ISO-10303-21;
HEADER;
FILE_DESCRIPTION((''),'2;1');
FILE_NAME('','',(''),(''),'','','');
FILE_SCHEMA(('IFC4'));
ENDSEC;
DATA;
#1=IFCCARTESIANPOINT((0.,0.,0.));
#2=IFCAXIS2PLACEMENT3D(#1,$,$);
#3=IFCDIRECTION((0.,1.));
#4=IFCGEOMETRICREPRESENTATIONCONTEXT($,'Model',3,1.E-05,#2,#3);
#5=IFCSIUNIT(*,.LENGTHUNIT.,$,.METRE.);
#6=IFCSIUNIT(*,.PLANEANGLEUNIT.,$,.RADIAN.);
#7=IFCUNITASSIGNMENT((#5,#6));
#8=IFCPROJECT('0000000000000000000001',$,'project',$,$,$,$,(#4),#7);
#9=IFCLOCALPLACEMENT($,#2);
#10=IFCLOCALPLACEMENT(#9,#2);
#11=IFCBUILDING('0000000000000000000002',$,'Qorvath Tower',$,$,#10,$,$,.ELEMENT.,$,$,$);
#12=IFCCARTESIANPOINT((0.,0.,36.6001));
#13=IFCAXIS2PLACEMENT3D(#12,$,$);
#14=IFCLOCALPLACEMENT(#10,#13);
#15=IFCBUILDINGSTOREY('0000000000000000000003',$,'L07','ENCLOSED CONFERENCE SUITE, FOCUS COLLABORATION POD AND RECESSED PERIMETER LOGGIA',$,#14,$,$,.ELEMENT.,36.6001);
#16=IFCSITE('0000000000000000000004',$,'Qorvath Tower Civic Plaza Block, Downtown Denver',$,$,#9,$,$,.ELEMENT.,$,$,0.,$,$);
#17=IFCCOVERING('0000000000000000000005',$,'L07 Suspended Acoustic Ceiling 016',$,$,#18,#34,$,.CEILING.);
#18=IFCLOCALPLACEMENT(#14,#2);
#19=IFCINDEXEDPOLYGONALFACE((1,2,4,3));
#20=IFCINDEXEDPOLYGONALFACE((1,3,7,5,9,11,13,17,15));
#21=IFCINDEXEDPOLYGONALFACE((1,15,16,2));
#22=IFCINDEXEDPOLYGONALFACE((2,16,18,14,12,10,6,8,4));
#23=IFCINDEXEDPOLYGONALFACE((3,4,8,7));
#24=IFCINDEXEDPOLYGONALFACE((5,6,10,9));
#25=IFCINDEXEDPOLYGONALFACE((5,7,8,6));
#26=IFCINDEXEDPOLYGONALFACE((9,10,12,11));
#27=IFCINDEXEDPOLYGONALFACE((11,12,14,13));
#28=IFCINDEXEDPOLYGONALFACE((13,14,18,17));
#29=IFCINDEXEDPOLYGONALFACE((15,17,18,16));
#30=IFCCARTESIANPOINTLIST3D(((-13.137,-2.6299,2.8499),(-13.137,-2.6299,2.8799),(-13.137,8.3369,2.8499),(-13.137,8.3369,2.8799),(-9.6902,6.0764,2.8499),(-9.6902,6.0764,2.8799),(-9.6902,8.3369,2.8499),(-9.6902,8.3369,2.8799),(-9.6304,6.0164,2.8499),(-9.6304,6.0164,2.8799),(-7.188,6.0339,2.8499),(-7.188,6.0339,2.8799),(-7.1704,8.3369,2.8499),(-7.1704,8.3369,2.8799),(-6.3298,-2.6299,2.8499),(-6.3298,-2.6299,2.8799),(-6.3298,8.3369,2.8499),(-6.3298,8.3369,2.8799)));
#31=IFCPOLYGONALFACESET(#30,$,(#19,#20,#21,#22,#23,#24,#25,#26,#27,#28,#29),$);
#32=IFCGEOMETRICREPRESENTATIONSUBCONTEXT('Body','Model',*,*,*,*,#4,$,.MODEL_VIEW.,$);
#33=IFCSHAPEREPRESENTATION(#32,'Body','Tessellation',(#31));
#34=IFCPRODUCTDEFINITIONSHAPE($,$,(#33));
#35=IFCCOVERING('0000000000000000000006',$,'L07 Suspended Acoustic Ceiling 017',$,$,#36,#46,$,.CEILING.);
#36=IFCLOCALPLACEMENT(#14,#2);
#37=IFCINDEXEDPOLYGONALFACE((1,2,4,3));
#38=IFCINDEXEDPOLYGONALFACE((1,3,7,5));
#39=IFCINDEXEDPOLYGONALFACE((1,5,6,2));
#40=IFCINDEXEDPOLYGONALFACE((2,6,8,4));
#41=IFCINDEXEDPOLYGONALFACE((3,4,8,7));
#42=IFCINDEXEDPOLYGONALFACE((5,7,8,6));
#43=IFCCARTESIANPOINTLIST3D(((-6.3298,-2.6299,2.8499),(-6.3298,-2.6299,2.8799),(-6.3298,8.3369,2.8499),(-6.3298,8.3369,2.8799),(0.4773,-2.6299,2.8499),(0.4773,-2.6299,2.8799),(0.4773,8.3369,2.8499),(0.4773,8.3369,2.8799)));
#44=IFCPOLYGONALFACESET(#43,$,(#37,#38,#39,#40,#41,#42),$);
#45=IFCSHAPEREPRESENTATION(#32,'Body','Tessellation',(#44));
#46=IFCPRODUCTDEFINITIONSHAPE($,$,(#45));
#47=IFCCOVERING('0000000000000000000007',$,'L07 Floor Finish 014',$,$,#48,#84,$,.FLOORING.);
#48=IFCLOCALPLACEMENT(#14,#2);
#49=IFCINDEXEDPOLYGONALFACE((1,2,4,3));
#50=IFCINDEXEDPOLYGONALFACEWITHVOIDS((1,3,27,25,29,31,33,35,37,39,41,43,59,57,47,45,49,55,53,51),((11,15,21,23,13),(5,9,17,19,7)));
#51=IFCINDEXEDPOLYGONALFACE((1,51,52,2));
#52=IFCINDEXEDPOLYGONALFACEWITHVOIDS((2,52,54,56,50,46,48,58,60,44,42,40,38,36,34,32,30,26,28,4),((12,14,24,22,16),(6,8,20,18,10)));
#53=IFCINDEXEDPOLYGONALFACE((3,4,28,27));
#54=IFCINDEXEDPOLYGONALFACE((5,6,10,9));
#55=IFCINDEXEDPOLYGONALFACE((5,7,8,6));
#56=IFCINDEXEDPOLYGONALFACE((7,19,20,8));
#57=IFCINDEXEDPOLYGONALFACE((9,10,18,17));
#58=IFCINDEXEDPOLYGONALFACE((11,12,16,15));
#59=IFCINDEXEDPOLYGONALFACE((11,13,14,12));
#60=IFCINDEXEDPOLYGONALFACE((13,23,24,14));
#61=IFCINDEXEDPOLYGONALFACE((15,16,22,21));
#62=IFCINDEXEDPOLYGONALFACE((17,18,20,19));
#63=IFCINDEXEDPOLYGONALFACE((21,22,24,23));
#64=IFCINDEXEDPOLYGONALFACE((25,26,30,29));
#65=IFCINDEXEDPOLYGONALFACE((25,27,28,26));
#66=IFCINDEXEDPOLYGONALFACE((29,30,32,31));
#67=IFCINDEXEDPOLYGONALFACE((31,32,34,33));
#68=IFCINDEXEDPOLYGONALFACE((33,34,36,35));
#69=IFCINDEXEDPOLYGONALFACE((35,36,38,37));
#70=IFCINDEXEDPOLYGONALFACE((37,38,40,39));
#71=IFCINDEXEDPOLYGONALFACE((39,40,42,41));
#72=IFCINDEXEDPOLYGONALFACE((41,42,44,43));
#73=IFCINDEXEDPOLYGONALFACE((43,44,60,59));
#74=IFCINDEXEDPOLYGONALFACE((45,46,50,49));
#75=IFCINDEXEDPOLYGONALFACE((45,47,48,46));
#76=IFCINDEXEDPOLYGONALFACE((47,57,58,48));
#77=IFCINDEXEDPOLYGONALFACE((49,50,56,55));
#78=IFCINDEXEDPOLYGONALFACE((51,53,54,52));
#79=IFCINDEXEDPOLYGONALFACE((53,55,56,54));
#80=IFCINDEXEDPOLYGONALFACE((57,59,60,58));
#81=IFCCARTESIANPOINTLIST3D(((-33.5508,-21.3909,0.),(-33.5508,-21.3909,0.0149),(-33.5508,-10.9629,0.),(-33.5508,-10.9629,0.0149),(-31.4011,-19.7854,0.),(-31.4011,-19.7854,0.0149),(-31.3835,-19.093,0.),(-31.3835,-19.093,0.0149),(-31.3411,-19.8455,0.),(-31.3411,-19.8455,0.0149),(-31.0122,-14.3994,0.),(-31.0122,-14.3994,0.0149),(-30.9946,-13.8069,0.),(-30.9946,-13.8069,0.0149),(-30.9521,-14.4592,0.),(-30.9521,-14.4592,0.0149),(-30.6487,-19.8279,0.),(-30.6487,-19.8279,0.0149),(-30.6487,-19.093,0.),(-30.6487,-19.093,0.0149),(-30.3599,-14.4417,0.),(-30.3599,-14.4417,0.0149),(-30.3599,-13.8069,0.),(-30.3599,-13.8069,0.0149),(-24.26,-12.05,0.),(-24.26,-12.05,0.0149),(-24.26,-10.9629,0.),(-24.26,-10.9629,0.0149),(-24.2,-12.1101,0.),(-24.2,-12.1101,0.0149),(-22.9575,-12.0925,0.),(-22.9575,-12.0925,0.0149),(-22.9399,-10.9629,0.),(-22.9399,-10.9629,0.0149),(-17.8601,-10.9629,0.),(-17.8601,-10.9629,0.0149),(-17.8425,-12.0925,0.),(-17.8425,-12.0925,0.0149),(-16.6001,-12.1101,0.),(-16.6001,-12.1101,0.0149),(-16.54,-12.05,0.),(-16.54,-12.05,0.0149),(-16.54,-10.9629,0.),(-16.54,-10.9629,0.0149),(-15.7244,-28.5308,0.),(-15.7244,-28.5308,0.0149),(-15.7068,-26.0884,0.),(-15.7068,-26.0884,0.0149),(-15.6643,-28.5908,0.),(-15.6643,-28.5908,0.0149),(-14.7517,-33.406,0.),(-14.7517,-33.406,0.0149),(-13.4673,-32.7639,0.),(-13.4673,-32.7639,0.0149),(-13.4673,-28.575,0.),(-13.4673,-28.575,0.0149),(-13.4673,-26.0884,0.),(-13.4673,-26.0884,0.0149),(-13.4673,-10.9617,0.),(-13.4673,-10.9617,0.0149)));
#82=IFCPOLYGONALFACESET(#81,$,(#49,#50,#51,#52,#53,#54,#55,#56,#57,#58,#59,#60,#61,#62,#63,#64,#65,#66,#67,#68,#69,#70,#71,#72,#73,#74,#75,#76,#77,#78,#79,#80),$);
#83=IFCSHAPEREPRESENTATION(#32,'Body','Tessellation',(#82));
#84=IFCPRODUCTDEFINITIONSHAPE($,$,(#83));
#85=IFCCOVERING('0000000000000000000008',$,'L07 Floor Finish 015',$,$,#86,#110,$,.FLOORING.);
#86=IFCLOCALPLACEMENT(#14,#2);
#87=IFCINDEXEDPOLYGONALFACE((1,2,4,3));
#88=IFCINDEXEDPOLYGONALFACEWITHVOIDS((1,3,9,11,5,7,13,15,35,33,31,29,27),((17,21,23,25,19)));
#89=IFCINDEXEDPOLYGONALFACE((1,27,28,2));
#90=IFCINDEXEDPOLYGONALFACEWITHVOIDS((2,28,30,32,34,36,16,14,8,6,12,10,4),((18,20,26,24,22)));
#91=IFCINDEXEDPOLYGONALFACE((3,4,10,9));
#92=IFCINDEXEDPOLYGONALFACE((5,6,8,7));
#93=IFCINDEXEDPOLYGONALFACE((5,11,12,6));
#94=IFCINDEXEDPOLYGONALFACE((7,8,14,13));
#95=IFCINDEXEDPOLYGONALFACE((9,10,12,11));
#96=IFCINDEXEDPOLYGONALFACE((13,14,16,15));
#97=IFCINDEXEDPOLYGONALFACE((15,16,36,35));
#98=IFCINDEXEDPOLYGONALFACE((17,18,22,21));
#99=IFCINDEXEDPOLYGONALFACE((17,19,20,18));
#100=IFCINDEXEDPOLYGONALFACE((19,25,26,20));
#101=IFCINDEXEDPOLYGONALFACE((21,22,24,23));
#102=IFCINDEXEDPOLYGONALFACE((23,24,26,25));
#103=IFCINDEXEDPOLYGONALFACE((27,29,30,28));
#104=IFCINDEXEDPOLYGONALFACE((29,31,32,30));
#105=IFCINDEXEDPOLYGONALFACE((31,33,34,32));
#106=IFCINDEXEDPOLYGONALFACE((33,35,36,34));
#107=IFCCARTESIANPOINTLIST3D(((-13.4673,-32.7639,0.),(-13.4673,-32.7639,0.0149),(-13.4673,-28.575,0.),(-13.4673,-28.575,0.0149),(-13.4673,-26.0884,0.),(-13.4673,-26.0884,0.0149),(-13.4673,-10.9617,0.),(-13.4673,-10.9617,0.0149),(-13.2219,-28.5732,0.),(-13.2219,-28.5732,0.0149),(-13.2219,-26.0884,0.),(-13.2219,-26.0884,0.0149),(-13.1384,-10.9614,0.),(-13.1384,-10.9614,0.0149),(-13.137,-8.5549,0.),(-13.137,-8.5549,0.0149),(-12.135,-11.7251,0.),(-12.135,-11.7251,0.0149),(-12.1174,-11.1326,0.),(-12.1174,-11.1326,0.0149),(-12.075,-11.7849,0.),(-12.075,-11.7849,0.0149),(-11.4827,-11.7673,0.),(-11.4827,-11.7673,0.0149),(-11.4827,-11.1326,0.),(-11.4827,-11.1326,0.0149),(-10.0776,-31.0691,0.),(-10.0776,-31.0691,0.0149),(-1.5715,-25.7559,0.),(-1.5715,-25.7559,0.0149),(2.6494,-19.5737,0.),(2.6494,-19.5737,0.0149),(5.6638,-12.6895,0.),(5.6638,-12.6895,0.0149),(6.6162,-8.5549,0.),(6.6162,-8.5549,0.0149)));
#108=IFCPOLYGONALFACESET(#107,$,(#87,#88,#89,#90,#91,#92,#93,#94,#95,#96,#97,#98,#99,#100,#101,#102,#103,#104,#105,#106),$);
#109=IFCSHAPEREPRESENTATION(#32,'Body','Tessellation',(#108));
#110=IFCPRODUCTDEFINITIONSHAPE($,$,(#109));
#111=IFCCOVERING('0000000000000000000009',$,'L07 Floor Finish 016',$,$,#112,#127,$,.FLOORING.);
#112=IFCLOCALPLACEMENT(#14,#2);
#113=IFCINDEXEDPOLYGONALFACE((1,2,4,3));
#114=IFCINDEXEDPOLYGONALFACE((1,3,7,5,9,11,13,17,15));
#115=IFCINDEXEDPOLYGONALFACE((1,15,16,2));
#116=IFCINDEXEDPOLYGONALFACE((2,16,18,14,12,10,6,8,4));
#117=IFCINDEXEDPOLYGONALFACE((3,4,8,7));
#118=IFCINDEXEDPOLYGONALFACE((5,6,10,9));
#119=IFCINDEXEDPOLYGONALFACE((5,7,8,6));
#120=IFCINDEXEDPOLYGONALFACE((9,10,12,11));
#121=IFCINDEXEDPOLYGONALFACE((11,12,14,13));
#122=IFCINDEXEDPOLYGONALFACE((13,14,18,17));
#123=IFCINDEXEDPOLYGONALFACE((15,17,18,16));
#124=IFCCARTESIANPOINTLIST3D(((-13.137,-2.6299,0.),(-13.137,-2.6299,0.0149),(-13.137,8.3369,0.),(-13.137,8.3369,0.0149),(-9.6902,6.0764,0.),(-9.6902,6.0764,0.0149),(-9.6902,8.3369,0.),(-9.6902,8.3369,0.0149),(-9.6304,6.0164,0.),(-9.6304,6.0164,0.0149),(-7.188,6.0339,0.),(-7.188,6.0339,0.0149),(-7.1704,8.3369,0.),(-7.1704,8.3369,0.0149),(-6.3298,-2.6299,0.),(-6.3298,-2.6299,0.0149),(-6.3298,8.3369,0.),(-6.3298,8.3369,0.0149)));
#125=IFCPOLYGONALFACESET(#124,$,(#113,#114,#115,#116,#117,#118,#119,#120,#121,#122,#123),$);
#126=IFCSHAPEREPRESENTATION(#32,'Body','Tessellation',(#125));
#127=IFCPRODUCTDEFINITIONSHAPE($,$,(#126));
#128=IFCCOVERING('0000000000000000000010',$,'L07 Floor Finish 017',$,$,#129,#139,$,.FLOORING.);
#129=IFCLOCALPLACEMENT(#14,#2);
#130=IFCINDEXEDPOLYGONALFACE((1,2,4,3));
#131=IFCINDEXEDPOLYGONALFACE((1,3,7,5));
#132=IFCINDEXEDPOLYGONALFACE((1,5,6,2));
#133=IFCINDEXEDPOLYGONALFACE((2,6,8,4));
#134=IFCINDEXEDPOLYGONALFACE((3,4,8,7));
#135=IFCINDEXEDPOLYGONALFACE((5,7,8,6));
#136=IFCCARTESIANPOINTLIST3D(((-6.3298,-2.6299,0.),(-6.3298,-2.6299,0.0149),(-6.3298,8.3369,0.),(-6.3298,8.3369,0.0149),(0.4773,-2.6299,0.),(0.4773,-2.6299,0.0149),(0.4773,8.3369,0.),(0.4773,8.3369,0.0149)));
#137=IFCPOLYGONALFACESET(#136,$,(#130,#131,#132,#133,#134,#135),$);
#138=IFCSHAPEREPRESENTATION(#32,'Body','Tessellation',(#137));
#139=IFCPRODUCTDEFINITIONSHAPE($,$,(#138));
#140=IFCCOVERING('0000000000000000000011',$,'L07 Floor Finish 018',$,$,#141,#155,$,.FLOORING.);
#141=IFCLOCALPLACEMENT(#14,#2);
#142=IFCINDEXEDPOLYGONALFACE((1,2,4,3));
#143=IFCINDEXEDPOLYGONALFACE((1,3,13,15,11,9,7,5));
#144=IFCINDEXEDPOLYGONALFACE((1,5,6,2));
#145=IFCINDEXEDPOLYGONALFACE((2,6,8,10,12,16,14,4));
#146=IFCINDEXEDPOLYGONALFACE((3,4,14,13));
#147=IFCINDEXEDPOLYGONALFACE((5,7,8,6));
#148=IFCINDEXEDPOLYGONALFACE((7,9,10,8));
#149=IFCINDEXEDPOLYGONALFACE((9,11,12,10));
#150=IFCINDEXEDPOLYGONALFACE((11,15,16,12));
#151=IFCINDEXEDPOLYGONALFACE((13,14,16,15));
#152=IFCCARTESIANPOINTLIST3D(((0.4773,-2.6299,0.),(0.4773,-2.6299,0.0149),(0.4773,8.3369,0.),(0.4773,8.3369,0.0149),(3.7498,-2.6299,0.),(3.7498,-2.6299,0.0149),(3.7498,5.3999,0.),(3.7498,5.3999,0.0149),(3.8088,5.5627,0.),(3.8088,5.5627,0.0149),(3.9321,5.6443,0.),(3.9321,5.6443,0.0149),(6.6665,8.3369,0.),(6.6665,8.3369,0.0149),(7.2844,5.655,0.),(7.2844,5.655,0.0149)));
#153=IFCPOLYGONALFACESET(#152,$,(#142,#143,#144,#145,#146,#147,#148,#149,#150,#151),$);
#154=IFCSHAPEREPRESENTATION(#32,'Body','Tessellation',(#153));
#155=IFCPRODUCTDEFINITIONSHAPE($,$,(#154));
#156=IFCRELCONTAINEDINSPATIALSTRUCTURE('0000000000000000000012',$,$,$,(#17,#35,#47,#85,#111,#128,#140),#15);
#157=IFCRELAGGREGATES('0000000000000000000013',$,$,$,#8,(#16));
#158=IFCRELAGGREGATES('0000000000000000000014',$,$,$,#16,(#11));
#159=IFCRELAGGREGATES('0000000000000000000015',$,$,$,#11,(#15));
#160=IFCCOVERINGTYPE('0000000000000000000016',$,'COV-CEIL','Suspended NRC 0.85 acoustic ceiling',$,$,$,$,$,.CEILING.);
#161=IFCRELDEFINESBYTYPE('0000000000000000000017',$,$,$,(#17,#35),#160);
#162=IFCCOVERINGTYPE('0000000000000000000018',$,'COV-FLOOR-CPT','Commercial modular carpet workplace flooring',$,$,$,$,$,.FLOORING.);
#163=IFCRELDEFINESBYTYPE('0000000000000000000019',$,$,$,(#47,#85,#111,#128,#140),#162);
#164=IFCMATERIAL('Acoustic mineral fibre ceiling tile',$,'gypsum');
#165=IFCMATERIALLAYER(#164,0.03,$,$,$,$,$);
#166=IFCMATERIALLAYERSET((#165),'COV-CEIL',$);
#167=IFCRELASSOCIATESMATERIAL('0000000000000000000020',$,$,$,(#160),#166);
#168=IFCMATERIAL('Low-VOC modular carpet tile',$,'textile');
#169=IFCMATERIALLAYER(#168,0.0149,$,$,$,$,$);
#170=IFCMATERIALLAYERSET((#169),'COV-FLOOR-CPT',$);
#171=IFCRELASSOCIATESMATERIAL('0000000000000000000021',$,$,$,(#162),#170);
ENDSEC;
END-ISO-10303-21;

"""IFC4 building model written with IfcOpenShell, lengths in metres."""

from ifc_helpers import new_model, si_unit, direction, frame, origin, place, context, subcontext, project, spatial, polyline, outline, extrude, material, layer, layer_set, type_object, element, save


model = new_model("IFC4")

# Units and contexts
model_context = context("Model", 3, precision=1e-05, world=origin(), true_north=direction((0.0, 1.0)))
body_context = subcontext(model_context, "Body", "Model", "MODEL_VIEW")
ifc_project = project(units=[si_unit("LENGTHUNIT", "METRE"), si_unit("PLANEANGLEUNIT", "RADIAN")], contexts=[model_context])

# Site, building, storey
site_placement = place(None, origin())
site = spatial("IfcSite", under=ifc_project, at=site_placement, Name="Qorvath Tower Civic Plaza Block, Downtown Denver", CompositionType="ELEMENT", RefElevation=0.0)
building_placement = place(site_placement, origin())
building = spatial("IfcBuilding", under=site, at=building_placement, Name="Qorvath Tower", CompositionType="ELEMENT")
storey_placement = place(building_placement, frame((0.0, 0.0, 36.6001)))
storey = spatial("IfcBuildingStorey", under=building, at=storey_placement, Name="L07", Description="ENCLOSED CONFERENCE SUITE, FOCUS COLLABORATION POD AND RECESSED PERIMETER LOGGIA", CompositionType="ELEMENT", Elevation=36.6001)

# Coverings
ifc_material_1 = material(Name="Acoustic mineral fibre ceiling tile", Category="gypsum")
ifc_layer_1 = layer(ifc_material_1, 0.03)
ifc_layer_set_1 = layer_set([ifc_layer_1], Name="COV-CEIL")
covering_type_1 = type_object("IfcCoveringType", Name="COV-CEIL", Description="Suspended NRC 0.85 acoustic ceiling", PredefinedType="CEILING", material=ifc_layer_set_1)
covering_1_placement = place(storey_placement, frame((0.0, 0.0, 2.8499)))
element("IfcCovering", 1, at=covering_1_placement, inside=storey, type_object=covering_type_1, Name="L07 Suspended Acoustic Ceiling 016", PredefinedType="CEILING", context=body_context, shape_type="SweptSolid", body=[
    extrude(outline(polyline([(-6.3298, -2.6299), (-6.3298, 8.3369), (-7.1704, 8.3369), (-7.188, 6.0339), (-9.6304, 6.0164), (-9.6902, 6.0764), (-9.6902, 8.3369), (-13.137, 8.3369), (-13.137, -2.6299), (-6.3298, -2.6299)])), origin(), (0.0, 0.0, 1.0), 0.03),
])
covering_2_placement = place(storey_placement, frame((0.0, 0.0, 2.8499)))
element("IfcCovering", 2, at=covering_2_placement, inside=storey, type_object=covering_type_1, Name="L07 Suspended Acoustic Ceiling 017", PredefinedType="CEILING", context=body_context, shape_type="SweptSolid", body=[
    extrude(outline(polyline([(0.4773, -2.6299), (0.4773, 8.3369), (-6.3298, 8.3369), (-6.3298, -2.6299), (0.4773, -2.6299)])), origin(), (0.0, 0.0, 1.0), 0.03),
])
ifc_material_2 = material(Name="Low-VOC modular carpet tile", Category="textile")
ifc_layer_2 = layer(ifc_material_2, 0.0149)
ifc_layer_set_2 = layer_set([ifc_layer_2], Name="COV-FLOOR-CPT")
covering_type_2 = type_object("IfcCoveringType", Name="COV-FLOOR-CPT", Description="Commercial modular carpet workplace flooring", PredefinedType="FLOORING", material=ifc_layer_set_2)
covering_3_placement = place(storey_placement, origin())
element("IfcCovering", 3, at=covering_3_placement, inside=storey, type_object=covering_type_2, Name="L07 Floor Finish 014", PredefinedType="FLOORING", context=body_context, shape_type="SweptSolid", body=[
    extrude(outline(polyline([(-13.4673, -32.7639), (-13.4673, -28.575), (-15.6643, -28.5908), (-15.7244, -28.5308), (-15.7068, -26.0884), (-13.4673, -26.0884), (-13.4673, -10.9617), (-16.54, -10.9629), (-16.54, -12.05), (-16.6001, -12.1101), (-17.8425, -12.0925), (-17.8601, -10.9629), (-22.9399, -10.9629), (-22.9575, -12.0925), (-24.2, -12.1101), (-24.26, -12.05), (-24.26, -10.9629), (-33.5508, -10.9629), (-33.5508, -21.3909), (-14.7517, -33.406), (-13.4673, -32.7639)]), holes=[polyline([(-31.0122, -14.3994), (-30.9946, -13.8069), (-30.3599, -13.8069), (-30.3599, -14.4417), (-30.9521, -14.4592), (-31.0122, -14.3994)]), polyline([(-31.4011, -19.7854), (-31.3835, -19.093), (-30.6487, -19.093), (-30.6487, -19.8279), (-31.3411, -19.8455), (-31.4011, -19.7854)])]), origin(), (0.0, 0.0, 1.0), 0.0149),
])
covering_4_placement = place(storey_placement, origin())
element("IfcCovering", 4, at=covering_4_placement, inside=storey, type_object=covering_type_2, Name="L07 Floor Finish 015", PredefinedType="FLOORING", context=body_context, shape_type="SweptSolid", body=[
    extrude(outline(polyline([(-10.0776, -31.0691), (-1.5715, -25.7559), (2.6494, -19.5737), (5.6638, -12.6895), (6.6162, -8.5549), (-13.137, -8.5549), (-13.1384, -10.9614), (-13.4673, -10.9617), (-13.4673, -26.0884), (-13.2219, -26.0884), (-13.2219, -28.5732), (-13.4673, -28.575), (-13.4673, -32.7639), (-10.0776, -31.0691)]), holes=[polyline([(-12.135, -11.7251), (-12.1174, -11.1326), (-11.4827, -11.1326), (-11.4827, -11.7673), (-12.075, -11.7849), (-12.135, -11.7251)])]), origin(), (0.0, 0.0, 1.0), 0.0149),
])
covering_5_placement = place(storey_placement, origin())
element("IfcCovering", 5, at=covering_5_placement, inside=storey, type_object=covering_type_2, Name="L07 Floor Finish 016", PredefinedType="FLOORING", context=body_context, shape_type="SweptSolid", body=[
    extrude(outline(polyline([(-6.3298, -2.6299), (-6.3298, 8.3369), (-7.1704, 8.3369), (-7.188, 6.0339), (-9.6304, 6.0164), (-9.6902, 6.0764), (-9.6902, 8.3369), (-13.137, 8.3369), (-13.137, -2.6299), (-6.3298, -2.6299)])), origin(), (0.0, 0.0, 1.0), 0.0149),
])
covering_6_placement = place(storey_placement, origin())
element("IfcCovering", 6, at=covering_6_placement, inside=storey, type_object=covering_type_2, Name="L07 Floor Finish 017", PredefinedType="FLOORING", context=body_context, shape_type="SweptSolid", body=[
    extrude(outline(polyline([(0.4773, -2.6299), (0.4773, 8.3369), (-6.3298, 8.3369), (-6.3298, -2.6299), (0.4773, -2.6299)])), origin(), (0.0, 0.0, 1.0), 0.0149),
])
covering_7_placement = place(storey_placement, origin())
element("IfcCovering", 7, at=covering_7_placement, inside=storey, type_object=covering_type_2, Name="L07 Floor Finish 018", PredefinedType="FLOORING", context=body_context, shape_type="SweptSolid", body=[
    extrude(outline(polyline([(3.8088, 5.5627), (3.9321, 5.6443), (7.2844, 5.655), (6.6665, 8.3369), (0.4773, 8.3369), (0.4773, -2.6299), (3.7498, -2.6299), (3.7498, 5.3999), (3.8088, 5.5627)])), origin(), (0.0, 0.0, 1.0), 0.0149),
])

save(model, "model.ifc")
